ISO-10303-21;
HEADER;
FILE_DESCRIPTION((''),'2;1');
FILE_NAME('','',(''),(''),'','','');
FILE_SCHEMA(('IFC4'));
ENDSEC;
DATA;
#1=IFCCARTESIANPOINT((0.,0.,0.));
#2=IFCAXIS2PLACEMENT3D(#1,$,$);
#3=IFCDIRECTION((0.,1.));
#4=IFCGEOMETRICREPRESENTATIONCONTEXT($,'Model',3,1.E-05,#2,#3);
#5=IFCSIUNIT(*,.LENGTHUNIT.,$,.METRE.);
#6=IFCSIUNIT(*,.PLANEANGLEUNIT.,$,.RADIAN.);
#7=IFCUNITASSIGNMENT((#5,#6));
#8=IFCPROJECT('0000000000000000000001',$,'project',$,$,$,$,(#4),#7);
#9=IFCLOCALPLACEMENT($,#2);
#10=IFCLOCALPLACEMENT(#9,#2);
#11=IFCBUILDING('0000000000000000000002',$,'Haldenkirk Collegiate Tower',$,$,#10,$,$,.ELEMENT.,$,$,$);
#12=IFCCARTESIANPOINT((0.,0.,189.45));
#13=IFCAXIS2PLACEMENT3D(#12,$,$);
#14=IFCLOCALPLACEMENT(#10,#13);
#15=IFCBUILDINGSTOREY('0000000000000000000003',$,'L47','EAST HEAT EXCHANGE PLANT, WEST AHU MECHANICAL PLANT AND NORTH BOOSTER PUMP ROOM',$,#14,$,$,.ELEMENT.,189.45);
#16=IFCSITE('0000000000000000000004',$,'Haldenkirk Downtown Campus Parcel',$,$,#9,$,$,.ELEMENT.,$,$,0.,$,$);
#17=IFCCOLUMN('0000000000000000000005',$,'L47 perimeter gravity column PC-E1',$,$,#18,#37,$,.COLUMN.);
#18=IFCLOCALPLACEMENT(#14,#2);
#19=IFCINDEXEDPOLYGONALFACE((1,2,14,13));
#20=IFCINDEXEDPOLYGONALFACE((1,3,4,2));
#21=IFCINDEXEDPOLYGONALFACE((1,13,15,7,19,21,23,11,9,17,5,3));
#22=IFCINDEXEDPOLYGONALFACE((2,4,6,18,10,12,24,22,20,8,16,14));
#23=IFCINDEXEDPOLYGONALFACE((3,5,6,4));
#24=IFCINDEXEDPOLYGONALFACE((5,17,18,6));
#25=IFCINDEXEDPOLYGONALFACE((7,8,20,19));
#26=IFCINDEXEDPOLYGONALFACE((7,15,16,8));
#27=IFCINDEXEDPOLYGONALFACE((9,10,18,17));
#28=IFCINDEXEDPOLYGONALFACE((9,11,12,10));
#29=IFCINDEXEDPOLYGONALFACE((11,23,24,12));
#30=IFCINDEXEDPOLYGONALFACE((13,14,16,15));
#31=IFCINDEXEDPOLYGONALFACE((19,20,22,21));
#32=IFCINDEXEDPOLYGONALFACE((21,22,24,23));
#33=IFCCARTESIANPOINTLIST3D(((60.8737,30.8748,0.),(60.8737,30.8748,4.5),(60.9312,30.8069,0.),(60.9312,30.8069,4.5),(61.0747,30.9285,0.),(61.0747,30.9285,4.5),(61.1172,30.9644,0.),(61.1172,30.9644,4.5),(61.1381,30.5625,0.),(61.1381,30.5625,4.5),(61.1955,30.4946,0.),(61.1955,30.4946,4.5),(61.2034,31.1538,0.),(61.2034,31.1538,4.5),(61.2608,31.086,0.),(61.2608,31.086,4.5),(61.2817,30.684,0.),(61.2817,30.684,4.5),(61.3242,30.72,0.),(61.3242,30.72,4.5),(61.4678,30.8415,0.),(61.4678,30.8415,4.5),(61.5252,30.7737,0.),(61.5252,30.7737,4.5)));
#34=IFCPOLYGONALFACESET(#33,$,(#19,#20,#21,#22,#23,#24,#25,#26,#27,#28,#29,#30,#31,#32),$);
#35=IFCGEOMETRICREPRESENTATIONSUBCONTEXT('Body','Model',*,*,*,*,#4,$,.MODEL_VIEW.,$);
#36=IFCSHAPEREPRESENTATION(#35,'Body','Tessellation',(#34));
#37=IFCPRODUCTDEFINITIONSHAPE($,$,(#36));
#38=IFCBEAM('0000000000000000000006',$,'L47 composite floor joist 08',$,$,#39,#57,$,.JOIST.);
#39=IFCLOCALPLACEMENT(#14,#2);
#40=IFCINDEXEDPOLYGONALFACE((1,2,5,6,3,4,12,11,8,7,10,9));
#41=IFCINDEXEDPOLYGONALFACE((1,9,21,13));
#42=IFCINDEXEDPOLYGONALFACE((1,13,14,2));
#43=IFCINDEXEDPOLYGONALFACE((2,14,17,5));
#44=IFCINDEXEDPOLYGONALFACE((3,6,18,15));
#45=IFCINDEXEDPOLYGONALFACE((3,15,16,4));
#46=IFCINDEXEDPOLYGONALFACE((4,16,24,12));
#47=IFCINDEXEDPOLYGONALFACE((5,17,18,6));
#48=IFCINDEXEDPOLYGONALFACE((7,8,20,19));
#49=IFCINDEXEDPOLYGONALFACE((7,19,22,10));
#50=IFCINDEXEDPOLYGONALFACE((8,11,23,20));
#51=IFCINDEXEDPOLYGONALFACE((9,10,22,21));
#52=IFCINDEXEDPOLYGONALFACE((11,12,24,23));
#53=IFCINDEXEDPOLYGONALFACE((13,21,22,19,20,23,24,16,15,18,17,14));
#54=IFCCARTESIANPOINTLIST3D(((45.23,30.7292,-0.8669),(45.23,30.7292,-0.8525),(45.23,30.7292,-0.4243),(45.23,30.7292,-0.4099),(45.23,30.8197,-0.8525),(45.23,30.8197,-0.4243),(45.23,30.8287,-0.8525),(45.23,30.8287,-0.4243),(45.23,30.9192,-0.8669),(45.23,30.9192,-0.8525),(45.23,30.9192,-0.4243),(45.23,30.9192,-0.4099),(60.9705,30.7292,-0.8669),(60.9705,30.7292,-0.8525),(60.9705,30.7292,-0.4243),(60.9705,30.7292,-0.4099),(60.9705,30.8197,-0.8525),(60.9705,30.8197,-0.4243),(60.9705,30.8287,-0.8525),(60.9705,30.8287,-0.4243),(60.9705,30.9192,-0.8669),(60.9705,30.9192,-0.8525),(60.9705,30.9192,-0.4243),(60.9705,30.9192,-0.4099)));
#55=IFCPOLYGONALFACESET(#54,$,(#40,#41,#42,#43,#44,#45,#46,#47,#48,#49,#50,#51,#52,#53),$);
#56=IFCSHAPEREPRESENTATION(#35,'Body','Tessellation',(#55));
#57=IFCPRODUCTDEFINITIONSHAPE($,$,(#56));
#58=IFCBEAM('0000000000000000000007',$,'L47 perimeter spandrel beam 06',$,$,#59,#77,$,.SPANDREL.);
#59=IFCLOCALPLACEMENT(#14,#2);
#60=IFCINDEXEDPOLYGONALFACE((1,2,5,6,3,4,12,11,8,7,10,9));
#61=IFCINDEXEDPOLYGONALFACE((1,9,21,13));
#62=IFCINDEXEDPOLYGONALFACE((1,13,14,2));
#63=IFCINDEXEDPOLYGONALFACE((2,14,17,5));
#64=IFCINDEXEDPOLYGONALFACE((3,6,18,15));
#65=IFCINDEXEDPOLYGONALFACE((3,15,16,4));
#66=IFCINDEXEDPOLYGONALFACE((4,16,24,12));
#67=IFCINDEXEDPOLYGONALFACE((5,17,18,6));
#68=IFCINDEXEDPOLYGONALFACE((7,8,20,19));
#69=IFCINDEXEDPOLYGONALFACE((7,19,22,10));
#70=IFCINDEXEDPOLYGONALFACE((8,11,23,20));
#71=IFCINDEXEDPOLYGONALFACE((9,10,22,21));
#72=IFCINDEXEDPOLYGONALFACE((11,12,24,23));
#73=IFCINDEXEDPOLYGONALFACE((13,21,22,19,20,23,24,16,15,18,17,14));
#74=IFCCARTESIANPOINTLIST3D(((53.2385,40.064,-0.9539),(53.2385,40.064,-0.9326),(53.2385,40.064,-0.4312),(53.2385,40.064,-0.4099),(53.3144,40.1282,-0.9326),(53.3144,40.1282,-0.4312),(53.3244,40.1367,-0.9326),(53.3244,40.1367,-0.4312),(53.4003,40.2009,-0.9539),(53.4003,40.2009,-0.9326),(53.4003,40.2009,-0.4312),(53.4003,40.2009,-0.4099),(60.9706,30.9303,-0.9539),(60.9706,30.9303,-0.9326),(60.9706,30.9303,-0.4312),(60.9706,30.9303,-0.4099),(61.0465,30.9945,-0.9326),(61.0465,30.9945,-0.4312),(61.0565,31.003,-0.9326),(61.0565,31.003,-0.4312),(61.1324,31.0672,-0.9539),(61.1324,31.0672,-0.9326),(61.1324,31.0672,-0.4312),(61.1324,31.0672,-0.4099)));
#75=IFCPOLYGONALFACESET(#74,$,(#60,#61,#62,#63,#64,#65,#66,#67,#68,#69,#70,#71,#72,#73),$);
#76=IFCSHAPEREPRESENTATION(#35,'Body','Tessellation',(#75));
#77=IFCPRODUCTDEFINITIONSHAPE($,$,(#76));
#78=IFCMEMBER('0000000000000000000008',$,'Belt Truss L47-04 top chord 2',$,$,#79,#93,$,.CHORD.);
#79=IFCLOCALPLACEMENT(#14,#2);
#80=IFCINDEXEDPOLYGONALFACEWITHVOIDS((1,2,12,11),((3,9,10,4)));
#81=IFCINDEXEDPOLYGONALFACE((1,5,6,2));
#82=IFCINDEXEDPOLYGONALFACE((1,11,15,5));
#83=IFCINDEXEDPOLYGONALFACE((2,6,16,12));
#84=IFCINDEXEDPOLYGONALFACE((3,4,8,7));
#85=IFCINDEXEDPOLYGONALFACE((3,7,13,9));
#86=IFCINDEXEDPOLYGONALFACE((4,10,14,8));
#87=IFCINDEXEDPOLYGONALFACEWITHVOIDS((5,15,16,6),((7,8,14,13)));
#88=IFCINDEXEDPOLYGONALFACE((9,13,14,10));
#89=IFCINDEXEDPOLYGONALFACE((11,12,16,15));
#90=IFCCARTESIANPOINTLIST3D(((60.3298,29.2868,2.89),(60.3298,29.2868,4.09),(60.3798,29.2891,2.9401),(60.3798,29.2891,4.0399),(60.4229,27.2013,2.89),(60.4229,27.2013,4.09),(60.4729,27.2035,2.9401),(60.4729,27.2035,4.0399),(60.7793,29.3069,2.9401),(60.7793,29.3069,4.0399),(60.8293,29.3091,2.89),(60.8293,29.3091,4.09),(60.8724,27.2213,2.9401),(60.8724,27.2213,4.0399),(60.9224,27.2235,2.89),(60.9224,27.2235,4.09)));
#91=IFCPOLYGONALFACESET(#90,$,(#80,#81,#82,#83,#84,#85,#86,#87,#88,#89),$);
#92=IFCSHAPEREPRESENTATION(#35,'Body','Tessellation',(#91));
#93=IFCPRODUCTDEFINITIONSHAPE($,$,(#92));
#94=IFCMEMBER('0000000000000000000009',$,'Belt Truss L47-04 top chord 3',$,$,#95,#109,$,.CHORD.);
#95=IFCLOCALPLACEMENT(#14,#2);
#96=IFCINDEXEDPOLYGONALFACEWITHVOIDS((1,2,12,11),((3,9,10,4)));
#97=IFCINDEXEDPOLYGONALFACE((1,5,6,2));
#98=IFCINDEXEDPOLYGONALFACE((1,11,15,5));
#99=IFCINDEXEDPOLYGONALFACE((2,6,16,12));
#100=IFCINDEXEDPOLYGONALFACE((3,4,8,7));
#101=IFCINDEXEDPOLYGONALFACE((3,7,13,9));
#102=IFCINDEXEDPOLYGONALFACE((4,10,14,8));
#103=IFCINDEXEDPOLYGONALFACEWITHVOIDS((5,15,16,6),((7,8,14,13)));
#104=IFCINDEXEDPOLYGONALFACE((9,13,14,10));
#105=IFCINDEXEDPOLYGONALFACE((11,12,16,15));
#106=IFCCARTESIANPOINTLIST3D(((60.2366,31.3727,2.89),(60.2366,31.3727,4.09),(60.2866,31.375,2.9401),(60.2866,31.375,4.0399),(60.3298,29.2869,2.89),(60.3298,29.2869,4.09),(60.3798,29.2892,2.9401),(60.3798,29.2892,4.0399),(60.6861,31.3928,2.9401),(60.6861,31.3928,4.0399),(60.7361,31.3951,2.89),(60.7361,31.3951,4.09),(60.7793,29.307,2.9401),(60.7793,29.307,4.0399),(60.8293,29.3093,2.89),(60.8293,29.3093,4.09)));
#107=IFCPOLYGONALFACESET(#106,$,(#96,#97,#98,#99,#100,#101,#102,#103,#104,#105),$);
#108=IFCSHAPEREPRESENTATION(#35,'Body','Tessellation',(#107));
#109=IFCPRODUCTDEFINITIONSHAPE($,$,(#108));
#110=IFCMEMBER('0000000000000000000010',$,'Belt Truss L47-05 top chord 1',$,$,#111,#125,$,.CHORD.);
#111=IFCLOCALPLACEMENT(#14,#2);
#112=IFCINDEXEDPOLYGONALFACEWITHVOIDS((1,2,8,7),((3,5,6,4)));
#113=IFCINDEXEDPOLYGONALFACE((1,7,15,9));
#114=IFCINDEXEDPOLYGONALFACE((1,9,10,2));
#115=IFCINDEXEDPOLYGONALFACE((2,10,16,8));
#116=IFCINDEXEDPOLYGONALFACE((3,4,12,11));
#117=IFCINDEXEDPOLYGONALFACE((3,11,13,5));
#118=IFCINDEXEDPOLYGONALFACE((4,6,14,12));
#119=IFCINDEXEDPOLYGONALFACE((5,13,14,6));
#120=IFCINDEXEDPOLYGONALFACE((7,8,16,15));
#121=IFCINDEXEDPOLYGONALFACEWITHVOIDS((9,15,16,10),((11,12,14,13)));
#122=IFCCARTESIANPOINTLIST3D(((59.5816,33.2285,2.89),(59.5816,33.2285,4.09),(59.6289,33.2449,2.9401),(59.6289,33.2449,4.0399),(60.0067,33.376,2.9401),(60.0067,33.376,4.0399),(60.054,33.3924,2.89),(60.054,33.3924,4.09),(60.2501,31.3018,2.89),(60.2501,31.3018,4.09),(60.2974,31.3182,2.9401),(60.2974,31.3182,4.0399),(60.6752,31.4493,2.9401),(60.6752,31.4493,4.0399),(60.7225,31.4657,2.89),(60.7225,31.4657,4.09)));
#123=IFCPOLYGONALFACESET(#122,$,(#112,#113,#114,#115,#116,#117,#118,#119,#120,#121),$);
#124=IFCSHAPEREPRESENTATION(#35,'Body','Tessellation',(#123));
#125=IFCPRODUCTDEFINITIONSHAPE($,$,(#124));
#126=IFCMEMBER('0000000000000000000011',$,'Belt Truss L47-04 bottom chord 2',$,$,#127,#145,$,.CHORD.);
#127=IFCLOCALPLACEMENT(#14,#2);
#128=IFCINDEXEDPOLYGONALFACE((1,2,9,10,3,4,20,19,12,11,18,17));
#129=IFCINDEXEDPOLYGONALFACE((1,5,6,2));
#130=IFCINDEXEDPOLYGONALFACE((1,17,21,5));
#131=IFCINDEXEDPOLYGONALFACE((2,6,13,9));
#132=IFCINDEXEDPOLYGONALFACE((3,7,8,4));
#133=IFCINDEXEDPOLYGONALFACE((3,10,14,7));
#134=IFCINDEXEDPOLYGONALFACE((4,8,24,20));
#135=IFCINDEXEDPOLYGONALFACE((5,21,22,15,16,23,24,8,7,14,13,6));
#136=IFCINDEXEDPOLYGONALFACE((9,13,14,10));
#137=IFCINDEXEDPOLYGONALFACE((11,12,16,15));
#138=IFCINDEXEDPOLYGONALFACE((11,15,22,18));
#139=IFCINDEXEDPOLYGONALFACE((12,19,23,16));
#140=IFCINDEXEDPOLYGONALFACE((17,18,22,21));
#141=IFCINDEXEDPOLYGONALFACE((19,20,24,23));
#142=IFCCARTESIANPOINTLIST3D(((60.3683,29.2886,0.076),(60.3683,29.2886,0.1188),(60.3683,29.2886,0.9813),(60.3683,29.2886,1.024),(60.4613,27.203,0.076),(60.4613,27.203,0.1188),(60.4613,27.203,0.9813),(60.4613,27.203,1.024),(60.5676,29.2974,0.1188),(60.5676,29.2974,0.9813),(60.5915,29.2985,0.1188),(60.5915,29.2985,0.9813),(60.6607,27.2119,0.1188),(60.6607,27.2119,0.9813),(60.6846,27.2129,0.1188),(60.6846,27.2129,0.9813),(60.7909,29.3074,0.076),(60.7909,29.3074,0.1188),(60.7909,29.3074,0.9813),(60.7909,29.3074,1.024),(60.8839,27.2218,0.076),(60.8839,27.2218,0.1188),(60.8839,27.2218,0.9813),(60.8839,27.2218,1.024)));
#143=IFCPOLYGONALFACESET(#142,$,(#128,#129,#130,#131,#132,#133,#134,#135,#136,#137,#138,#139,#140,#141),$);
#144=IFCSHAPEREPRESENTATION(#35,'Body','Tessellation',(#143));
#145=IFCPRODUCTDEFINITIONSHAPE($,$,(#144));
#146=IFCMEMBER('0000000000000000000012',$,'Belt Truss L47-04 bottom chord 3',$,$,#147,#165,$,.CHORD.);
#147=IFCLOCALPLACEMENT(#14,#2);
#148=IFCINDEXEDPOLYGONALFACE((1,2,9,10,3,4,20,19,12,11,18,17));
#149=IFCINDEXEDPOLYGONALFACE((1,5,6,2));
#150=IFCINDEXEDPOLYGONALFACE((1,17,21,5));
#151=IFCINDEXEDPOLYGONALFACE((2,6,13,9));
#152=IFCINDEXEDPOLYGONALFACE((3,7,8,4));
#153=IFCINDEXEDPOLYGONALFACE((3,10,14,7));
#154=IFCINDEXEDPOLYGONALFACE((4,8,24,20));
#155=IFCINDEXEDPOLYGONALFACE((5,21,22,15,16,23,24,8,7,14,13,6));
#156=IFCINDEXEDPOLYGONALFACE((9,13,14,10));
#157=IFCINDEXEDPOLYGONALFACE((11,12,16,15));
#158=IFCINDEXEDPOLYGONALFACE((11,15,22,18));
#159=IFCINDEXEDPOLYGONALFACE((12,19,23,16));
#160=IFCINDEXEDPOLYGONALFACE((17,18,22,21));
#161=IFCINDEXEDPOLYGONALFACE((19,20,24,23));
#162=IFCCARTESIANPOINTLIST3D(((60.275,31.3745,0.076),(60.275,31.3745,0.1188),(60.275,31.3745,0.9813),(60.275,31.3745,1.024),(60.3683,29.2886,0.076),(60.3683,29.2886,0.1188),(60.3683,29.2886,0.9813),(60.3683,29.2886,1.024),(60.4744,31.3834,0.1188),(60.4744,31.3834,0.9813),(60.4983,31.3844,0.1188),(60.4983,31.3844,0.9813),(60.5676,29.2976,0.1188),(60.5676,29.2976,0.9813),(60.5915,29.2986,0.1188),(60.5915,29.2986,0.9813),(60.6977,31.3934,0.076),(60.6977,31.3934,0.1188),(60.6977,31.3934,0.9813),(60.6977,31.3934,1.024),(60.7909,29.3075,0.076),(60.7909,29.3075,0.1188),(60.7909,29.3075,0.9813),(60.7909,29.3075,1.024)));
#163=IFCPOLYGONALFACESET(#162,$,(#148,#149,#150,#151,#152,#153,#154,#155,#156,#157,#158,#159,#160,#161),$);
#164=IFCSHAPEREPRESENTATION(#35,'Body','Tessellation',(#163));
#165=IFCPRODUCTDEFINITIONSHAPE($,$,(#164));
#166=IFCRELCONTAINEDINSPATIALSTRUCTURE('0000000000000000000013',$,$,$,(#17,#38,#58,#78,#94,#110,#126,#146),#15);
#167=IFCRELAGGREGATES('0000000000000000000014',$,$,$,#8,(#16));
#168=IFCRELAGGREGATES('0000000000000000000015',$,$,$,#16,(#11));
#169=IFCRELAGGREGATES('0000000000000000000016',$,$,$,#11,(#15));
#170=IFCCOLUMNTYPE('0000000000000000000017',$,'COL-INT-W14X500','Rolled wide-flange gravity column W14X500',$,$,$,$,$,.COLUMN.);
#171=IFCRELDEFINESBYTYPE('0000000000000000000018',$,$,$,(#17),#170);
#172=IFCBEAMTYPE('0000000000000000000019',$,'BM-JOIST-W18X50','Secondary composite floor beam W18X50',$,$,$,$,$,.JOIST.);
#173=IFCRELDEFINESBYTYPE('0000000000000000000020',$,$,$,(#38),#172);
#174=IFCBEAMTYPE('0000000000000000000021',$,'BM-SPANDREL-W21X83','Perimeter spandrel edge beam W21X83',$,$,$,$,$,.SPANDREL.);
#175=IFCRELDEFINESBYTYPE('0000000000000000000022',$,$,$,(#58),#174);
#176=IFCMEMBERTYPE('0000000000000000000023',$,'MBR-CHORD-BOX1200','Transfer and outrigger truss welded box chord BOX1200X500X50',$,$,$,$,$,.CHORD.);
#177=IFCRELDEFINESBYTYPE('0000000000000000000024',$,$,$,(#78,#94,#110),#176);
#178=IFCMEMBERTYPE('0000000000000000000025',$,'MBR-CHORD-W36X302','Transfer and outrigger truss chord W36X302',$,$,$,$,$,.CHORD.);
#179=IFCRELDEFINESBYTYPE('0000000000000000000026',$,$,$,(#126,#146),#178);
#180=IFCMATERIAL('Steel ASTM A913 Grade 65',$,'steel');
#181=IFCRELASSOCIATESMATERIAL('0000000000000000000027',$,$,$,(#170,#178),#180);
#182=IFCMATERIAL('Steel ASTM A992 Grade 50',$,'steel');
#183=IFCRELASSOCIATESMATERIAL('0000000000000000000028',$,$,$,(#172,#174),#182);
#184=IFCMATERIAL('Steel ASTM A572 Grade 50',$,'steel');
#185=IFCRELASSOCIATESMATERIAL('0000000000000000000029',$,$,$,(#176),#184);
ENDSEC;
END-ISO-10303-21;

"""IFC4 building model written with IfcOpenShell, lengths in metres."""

from ifc_helpers import new_model, si_unit, direction, frame, origin, origin_2d, place, context, subcontext, project, spatial, hollow_rectangle, i_section, extrude, material, material_profile, profile_set, type_object, element, save


model = new_model("IFC4")

# Units and contexts
model_context = context("Model", 3, precision=1e-05, world=origin(), true_north=direction((0.0, 1.0)))
body_context = subcontext(model_context, "Body", "Model", "MODEL_VIEW")
ifc_project = project(units=[si_unit("LENGTHUNIT", "METRE"), si_unit("PLANEANGLEUNIT", "RADIAN")], contexts=[model_context])

# Site, building, storey
site_placement = place(None, origin())
site = spatial("IfcSite", under=ifc_project, at=site_placement, Name="Haldenkirk Downtown Campus Parcel", CompositionType="ELEMENT", RefElevation=0.0)
building_placement = place(site_placement, origin())
building = spatial("IfcBuilding", under=site, at=building_placement, Name="Haldenkirk Collegiate Tower", CompositionType="ELEMENT")
storey_placement = place(building_placement, frame((0.0, 0.0, 189.45)))
storey = spatial("IfcBuildingStorey", under=building, at=storey_placement, Name="L47", Description="EAST HEAT EXCHANGE PLANT, WEST AHU MECHANICAL PLANT AND NORTH BOOSTER PUMP ROOM", CompositionType="ELEMENT", Elevation=189.45)

# Column
ifc_material_1 = material(Name="Steel ASTM A913 Grade 65", Category="steel")
ifc_material_profile_1 = material_profile(ifc_material_1, i_section(OverallWidth=0.4319, OverallDepth=0.498, WebThickness=0.0557, FlangeThickness=0.0889, at=origin_2d()), Name="W14X500")
ifc_profile_set_1 = profile_set([ifc_material_profile_1], Name="Steel ASTM A913 Grade 65")
column_type = type_object("IfcColumnType", Name="COL-INT-W14X500", Description="Rolled wide-flange gravity column W14X500", PredefinedType="COLUMN", material=ifc_profile_set_1)
column_placement = place(storey_placement, frame((61.1995, 30.8242, 0.0), z_axis=(0.0, 0.0, 1.0), x_axis=(0.763232, 0.646124, 0.0)))
element("IfcColumn", 1, at=column_placement, inside=storey, type_object=column_type, Name="L47 perimeter gravity column PC-E1", PredefinedType="COLUMN", context=body_context, shape_type="SweptSolid", body=[
    extrude(i_section(OverallWidth=0.4319, OverallDepth=0.498, WebThickness=0.0557, FlangeThickness=0.0889, at=origin_2d()), origin(), (0.0, 0.0, 1.0), 4.5),
])

# Beams
ifc_material_2 = material(Name="Steel ASTM A992 Grade 50", Category="steel")
ifc_material_profile_2 = material_profile(ifc_material_2, i_section(OverallWidth=0.1899, OverallDepth=0.457, WebThickness=0.009, FlangeThickness=0.0144, at=origin_2d()), Name="W18X50")
ifc_profile_set_2 = profile_set([ifc_material_profile_2], Name="Steel ASTM A992 Grade 50")
beam_type_1 = type_object("IfcBeamType", Name="BM-JOIST-W18X50", Description="Secondary composite floor beam W18X50", PredefinedType="JOIST", material=ifc_profile_set_2)
beam_1_placement = place(storey_placement, frame((60.9705, 30.8242, -0.6384), z_axis=(-1.0, 0.0, 0.0), x_axis=(0.0, -1.0, 0.0)))
element("IfcBeam", 2, at=beam_1_placement, inside=storey, type_object=beam_type_1, Name="L47 composite floor joist 08", PredefinedType="JOIST", context=body_context, shape_type="SweptSolid", body=[
    extrude(i_section(OverallWidth=0.1899, OverallDepth=0.457, WebThickness=0.009, FlangeThickness=0.0144, at=origin_2d()), origin(), (0.0, 0.0, 1.0), 15.7405),
])
ifc_material_profile_3 = material_profile(ifc_material_2, i_section(OverallWidth=0.2119, OverallDepth=0.5439, WebThickness=0.0132, FlangeThickness=0.0212, at=origin_2d()), Name="W21X83")
ifc_profile_set_3 = profile_set([ifc_material_profile_3], Name="Steel ASTM A992 Grade 50")
beam_type_2 = type_object("IfcBeamType", Name="BM-SPANDREL-W21X83", Description="Perimeter spandrel edge beam W21X83", PredefinedType="SPANDREL", material=ifc_profile_set_3)
beam_2_placement = place(storey_placement, frame((61.0515, 30.9988, -0.6819), z_axis=(-0.646117, 0.763238, 0.0), x_axis=(-0.763238, -0.646117, 0.0)))
element("IfcBeam", 3, at=beam_2_placement, inside=storey, type_object=beam_type_2, Name="L47 perimeter spandrel beam 06", PredefinedType="SPANDREL", context=body_context, shape_type="SweptSolid", body=[
    extrude(i_section(OverallWidth=0.2119, OverallDepth=0.5439, WebThickness=0.0132, FlangeThickness=0.0212, at=origin_2d()), origin(), (0.0, 0.0, 1.0), 11.967),
])

# Members
ifc_material_3 = material(Name="Steel ASTM A572 Grade 50", Category="steel")
ifc_material_profile_4 = material_profile(ifc_material_3, hollow_rectangle(XDim=0.5, YDim=1.2, WallThickness=0.05, at=origin_2d()), Name="BOX1200X500X50")
ifc_profile_set_4 = profile_set([ifc_material_profile_4], Name="Steel ASTM A572 Grade 50")
member_type_1 = type_object("IfcMemberType", Name="MBR-CHORD-BOX1200", Description="Transfer and outrigger truss welded box chord BOX1200X500X50", PredefinedType="CHORD", material=ifc_profile_set_4)
member_1_placement = place(storey_placement, frame((60.6726, 27.2124, 3.49), z_axis=(-0.044554, 0.999007, 0.0), x_axis=(-0.999007, -0.044554, 0.0)))
element("IfcMember", 4, at=member_1_placement, inside=storey, type_object=member_type_1, Name="Belt Truss L47-04 top chord 2", PredefinedType="CHORD", context=body_context, shape_type="SweptSolid", body=[
    extrude(hollow_rectangle(XDim=0.5, YDim=1.2, WallThickness=0.05, at=origin_2d()), origin(), (0.0, 0.0, 1.0), 2.0876),
])
member_2_placement = place(storey_placement, frame((60.5796, 29.2981, 3.49), z_axis=(-0.04467, 0.999002, 0.0), x_axis=(-0.999002, -0.04467, 0.0)))
element("IfcMember", 5, at=member_2_placement, inside=storey, type_object=member_type_1, Name="Belt Truss L47-04 top chord 3", PredefinedType="CHORD", context=body_context, shape_type="SweptSolid", body=[
    extrude(hollow_rectangle(XDim=0.5, YDim=1.2, WallThickness=0.05, at=origin_2d()), origin(), (0.0, 0.0, 1.0), 2.0879),
])
member_3_placement = place(storey_placement, frame((60.4863, 31.3838, 3.49), z_axis=(-0.327805, 0.944745, 0.0), x_axis=(-0.944745, -0.327805, 0.0)))
element("IfcMember", 6, at=member_3_placement, inside=storey, type_object=member_type_1, Name="Belt Truss L47-05 top chord 1", PredefinedType="CHORD", context=body_context, shape_type="SweptSolid", body=[
    extrude(hollow_rectangle(XDim=0.5, YDim=1.2, WallThickness=0.05, at=origin_2d()), origin(), (0.0, 0.0, 1.0), 2.0393),
])
ifc_material_profile_5 = material_profile(ifc_material_1, i_section(OverallWidth=0.4231, OverallDepth=0.948, WebThickness=0.0239, FlangeThickness=0.0427, at=origin_2d()), Name="W36X302")
ifc_profile_set_5 = profile_set([ifc_material_profile_5], Name="Steel ASTM A913 Grade 65")
member_type_2 = type_object("IfcMemberType", Name="MBR-CHORD-W36X302", Description="Transfer and outrigger truss chord W36X302", PredefinedType="CHORD", material=ifc_profile_set_5)
member_4_placement = place(storey_placement, frame((60.6726, 27.2124, 0.55), z_axis=(-0.044554, 0.999007, 0.0), x_axis=(-0.999007, -0.044554, 0.0)))
element("IfcMember", 7, at=member_4_placement, inside=storey, type_object=member_type_2, Name="Belt Truss L47-04 bottom chord 2", PredefinedType="CHORD", context=body_context, shape_type="SweptSolid", body=[
    extrude(i_section(OverallWidth=0.4231, OverallDepth=0.948, WebThickness=0.0239, FlangeThickness=0.0427, at=origin_2d()), origin(), (0.0, 0.0, 1.0), 2.0876),
])
member_5_placement = place(storey_placement, frame((60.5796, 29.2981, 0.55), z_axis=(-0.04467, 0.999002, 0.0), x_axis=(-0.999002, -0.04467, 0.0)))
element("IfcMember", 8, at=member_5_placement, inside=storey, type_object=member_type_2, Name="Belt Truss L47-04 bottom chord 3", PredefinedType="CHORD", context=body_context, shape_type="SweptSolid", body=[
    extrude(i_section(OverallWidth=0.4231, OverallDepth=0.948, WebThickness=0.0239, FlangeThickness=0.0427, at=origin_2d()), origin(), (0.0, 0.0, 1.0), 2.0879),
])

save(model, "model.ifc")
